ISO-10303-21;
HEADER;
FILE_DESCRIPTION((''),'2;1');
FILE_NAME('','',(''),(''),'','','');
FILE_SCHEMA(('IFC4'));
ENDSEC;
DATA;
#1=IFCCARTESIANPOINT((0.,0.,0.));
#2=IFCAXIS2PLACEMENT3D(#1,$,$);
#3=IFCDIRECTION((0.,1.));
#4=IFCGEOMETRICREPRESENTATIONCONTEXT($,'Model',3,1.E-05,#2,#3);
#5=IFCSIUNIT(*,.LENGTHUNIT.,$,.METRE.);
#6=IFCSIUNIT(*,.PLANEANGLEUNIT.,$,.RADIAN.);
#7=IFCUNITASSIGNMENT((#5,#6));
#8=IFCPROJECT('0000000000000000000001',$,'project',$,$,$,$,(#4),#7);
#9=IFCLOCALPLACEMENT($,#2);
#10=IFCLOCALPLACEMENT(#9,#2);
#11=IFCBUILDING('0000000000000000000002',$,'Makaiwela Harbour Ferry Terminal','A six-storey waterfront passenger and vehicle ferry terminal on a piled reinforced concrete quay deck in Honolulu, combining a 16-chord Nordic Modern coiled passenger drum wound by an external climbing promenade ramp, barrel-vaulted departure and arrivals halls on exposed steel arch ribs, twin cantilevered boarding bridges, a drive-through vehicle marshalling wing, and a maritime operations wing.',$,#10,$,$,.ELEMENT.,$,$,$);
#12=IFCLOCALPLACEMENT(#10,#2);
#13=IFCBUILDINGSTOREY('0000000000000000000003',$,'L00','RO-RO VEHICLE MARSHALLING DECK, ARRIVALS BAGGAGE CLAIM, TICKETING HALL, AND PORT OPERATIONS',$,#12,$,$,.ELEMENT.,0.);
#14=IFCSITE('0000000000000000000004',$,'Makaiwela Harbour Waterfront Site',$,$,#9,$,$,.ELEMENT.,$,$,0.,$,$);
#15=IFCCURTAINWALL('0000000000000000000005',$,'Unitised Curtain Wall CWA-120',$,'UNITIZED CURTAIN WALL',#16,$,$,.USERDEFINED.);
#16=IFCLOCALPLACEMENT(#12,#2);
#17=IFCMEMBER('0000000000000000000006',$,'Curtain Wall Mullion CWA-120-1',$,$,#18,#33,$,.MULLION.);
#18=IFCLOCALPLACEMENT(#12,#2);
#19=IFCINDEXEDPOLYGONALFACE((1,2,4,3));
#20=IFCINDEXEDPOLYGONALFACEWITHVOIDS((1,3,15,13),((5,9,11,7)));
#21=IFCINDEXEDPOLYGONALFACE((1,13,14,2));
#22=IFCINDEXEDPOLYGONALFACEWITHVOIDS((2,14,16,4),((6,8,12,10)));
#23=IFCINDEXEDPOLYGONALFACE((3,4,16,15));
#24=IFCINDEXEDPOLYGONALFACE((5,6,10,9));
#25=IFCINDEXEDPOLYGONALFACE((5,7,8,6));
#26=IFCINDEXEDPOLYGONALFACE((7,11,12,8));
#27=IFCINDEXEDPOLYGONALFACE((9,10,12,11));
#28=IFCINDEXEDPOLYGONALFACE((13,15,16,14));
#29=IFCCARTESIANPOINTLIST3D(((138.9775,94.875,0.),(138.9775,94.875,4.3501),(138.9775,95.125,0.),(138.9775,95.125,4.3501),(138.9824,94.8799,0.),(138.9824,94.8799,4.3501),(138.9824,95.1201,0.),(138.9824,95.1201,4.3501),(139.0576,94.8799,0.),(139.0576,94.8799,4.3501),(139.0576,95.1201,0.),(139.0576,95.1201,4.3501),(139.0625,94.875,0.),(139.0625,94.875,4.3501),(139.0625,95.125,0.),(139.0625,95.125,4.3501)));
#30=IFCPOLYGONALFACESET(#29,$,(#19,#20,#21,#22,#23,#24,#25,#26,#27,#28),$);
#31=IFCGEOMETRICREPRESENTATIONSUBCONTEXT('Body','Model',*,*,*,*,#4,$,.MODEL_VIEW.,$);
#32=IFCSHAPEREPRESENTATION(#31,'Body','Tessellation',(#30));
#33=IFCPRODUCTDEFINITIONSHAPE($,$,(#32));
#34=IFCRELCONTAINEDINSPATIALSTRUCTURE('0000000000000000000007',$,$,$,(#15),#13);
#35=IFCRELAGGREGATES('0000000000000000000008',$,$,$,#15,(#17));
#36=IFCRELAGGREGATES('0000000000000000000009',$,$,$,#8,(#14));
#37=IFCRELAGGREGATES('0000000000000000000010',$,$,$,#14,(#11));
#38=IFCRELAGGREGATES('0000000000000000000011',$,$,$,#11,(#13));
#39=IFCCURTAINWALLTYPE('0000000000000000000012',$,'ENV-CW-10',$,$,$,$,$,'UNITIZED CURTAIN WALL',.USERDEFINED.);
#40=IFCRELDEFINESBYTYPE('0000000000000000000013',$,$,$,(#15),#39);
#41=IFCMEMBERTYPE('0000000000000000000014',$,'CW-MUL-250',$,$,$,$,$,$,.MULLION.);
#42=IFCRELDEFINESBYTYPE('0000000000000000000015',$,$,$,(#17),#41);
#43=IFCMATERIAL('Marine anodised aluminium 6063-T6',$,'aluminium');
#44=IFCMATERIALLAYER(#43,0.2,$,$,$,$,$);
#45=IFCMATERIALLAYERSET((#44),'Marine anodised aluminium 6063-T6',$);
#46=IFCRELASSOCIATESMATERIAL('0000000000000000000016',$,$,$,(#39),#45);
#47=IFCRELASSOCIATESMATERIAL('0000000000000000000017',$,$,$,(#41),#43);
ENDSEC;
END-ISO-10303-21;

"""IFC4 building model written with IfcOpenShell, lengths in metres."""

from ifc_helpers import new_model, si_unit, direction, frame, origin, origin_2d, place, context, subcontext, project, spatial, hollow_rectangle, extrude, material, layer, layer_set, material_profile, profile_set, type_object, element, aggregate, save


model = new_model("IFC4")

# Units and contexts
model_context = context("Model", 3, precision=1e-05, world=origin(), true_north=direction((0.0, 1.0)))
body_context = subcontext(model_context, "Body", "Model", "MODEL_VIEW")
ifc_project = project(units=[si_unit("LENGTHUNIT", "METRE"), si_unit("PLANEANGLEUNIT", "RADIAN")], contexts=[model_context])

# Site, building, storey
site_placement = place(None, origin())
site = spatial("IfcSite", under=ifc_project, at=site_placement, Name="Makaiwela Harbour Waterfront Site", CompositionType="ELEMENT", RefElevation=0.0)
building_placement = place(site_placement, origin())
building = spatial("IfcBuilding", under=site, at=building_placement, Name="Makaiwela Harbour Ferry Terminal", Description="A six-storey waterfront passenger and vehicle ferry terminal on a piled reinforced concrete quay deck in Honolulu, combining a 16-chord Nordic Modern coiled passenger drum wound by an external climbing promenade ramp, barrel-vaulted departure and arrivals halls on exposed steel arch ribs, twin cantilevered boarding bridges, a drive-through vehicle marshalling wing, and a maritime operations wing.", CompositionType="ELEMENT")
storey_placement = place(building_placement, origin())
storey = spatial("IfcBuildingStorey", under=building, at=storey_placement, Name="L00", Description="RO-RO VEHICLE MARSHALLING DECK, ARRIVALS BAGGAGE CLAIM, TICKETING HALL, AND PORT OPERATIONS", CompositionType="ELEMENT", Elevation=0.0)

# Curtain wall, member
ifc_material_1 = material(Name="Marine anodised aluminium 6063-T6", Category="aluminium")
ifc_layer_1 = layer(ifc_material_1, 0.2)
ifc_layer_set_1 = layer_set([ifc_layer_1], Name="Marine anodised aluminium 6063-T6")
curtain_wall_type = type_object("IfcCurtainWallType", Name="ENV-CW-10", ElementType="UNITIZED CURTAIN WALL", PredefinedType="USERDEFINED", material=ifc_layer_set_1)
curtain_wall_placement = place(storey_placement, origin())
curtain_wall = element("IfcCurtainWall", 1, at=curtain_wall_placement, inside=storey, type_object=curtain_wall_type, Name="Unitised Curtain Wall CWA-120", ObjectType="UNITIZED CURTAIN WALL", PredefinedType="USERDEFINED")
ifc_material_profile_1 = material_profile(ifc_material_1, hollow_rectangle(XDim=0.085, YDim=0.25, WallThickness=0.0049, at=origin_2d()), Name="CWM-250X85")
ifc_profile_set_1 = profile_set([ifc_material_profile_1], Name="Marine anodised aluminium 6063-T6")
member_type = type_object("IfcMemberType", Name="CW-MUL-250", PredefinedType="MULLION", material=ifc_profile_set_1)
member_placement = place(storey_placement, frame((139.02, 95.0, 0.0), z_axis=(0.0, 0.0, 1.0), x_axis=(1.0, 0.0, 0.0)))
member = element("IfcMember", 2, at=member_placement, type_object=member_type, Name="Curtain Wall Mullion CWA-120-1", PredefinedType="MULLION", context=body_context, shape_type="SweptSolid", body=[
    extrude(hollow_rectangle(XDim=0.085, YDim=0.25, WallThickness=0.0049, at=origin_2d()), origin(), (0.0, 0.0, 1.0), 4.3501),
])
aggregate(curtain_wall, [member])

save(model, "model.ifc")
